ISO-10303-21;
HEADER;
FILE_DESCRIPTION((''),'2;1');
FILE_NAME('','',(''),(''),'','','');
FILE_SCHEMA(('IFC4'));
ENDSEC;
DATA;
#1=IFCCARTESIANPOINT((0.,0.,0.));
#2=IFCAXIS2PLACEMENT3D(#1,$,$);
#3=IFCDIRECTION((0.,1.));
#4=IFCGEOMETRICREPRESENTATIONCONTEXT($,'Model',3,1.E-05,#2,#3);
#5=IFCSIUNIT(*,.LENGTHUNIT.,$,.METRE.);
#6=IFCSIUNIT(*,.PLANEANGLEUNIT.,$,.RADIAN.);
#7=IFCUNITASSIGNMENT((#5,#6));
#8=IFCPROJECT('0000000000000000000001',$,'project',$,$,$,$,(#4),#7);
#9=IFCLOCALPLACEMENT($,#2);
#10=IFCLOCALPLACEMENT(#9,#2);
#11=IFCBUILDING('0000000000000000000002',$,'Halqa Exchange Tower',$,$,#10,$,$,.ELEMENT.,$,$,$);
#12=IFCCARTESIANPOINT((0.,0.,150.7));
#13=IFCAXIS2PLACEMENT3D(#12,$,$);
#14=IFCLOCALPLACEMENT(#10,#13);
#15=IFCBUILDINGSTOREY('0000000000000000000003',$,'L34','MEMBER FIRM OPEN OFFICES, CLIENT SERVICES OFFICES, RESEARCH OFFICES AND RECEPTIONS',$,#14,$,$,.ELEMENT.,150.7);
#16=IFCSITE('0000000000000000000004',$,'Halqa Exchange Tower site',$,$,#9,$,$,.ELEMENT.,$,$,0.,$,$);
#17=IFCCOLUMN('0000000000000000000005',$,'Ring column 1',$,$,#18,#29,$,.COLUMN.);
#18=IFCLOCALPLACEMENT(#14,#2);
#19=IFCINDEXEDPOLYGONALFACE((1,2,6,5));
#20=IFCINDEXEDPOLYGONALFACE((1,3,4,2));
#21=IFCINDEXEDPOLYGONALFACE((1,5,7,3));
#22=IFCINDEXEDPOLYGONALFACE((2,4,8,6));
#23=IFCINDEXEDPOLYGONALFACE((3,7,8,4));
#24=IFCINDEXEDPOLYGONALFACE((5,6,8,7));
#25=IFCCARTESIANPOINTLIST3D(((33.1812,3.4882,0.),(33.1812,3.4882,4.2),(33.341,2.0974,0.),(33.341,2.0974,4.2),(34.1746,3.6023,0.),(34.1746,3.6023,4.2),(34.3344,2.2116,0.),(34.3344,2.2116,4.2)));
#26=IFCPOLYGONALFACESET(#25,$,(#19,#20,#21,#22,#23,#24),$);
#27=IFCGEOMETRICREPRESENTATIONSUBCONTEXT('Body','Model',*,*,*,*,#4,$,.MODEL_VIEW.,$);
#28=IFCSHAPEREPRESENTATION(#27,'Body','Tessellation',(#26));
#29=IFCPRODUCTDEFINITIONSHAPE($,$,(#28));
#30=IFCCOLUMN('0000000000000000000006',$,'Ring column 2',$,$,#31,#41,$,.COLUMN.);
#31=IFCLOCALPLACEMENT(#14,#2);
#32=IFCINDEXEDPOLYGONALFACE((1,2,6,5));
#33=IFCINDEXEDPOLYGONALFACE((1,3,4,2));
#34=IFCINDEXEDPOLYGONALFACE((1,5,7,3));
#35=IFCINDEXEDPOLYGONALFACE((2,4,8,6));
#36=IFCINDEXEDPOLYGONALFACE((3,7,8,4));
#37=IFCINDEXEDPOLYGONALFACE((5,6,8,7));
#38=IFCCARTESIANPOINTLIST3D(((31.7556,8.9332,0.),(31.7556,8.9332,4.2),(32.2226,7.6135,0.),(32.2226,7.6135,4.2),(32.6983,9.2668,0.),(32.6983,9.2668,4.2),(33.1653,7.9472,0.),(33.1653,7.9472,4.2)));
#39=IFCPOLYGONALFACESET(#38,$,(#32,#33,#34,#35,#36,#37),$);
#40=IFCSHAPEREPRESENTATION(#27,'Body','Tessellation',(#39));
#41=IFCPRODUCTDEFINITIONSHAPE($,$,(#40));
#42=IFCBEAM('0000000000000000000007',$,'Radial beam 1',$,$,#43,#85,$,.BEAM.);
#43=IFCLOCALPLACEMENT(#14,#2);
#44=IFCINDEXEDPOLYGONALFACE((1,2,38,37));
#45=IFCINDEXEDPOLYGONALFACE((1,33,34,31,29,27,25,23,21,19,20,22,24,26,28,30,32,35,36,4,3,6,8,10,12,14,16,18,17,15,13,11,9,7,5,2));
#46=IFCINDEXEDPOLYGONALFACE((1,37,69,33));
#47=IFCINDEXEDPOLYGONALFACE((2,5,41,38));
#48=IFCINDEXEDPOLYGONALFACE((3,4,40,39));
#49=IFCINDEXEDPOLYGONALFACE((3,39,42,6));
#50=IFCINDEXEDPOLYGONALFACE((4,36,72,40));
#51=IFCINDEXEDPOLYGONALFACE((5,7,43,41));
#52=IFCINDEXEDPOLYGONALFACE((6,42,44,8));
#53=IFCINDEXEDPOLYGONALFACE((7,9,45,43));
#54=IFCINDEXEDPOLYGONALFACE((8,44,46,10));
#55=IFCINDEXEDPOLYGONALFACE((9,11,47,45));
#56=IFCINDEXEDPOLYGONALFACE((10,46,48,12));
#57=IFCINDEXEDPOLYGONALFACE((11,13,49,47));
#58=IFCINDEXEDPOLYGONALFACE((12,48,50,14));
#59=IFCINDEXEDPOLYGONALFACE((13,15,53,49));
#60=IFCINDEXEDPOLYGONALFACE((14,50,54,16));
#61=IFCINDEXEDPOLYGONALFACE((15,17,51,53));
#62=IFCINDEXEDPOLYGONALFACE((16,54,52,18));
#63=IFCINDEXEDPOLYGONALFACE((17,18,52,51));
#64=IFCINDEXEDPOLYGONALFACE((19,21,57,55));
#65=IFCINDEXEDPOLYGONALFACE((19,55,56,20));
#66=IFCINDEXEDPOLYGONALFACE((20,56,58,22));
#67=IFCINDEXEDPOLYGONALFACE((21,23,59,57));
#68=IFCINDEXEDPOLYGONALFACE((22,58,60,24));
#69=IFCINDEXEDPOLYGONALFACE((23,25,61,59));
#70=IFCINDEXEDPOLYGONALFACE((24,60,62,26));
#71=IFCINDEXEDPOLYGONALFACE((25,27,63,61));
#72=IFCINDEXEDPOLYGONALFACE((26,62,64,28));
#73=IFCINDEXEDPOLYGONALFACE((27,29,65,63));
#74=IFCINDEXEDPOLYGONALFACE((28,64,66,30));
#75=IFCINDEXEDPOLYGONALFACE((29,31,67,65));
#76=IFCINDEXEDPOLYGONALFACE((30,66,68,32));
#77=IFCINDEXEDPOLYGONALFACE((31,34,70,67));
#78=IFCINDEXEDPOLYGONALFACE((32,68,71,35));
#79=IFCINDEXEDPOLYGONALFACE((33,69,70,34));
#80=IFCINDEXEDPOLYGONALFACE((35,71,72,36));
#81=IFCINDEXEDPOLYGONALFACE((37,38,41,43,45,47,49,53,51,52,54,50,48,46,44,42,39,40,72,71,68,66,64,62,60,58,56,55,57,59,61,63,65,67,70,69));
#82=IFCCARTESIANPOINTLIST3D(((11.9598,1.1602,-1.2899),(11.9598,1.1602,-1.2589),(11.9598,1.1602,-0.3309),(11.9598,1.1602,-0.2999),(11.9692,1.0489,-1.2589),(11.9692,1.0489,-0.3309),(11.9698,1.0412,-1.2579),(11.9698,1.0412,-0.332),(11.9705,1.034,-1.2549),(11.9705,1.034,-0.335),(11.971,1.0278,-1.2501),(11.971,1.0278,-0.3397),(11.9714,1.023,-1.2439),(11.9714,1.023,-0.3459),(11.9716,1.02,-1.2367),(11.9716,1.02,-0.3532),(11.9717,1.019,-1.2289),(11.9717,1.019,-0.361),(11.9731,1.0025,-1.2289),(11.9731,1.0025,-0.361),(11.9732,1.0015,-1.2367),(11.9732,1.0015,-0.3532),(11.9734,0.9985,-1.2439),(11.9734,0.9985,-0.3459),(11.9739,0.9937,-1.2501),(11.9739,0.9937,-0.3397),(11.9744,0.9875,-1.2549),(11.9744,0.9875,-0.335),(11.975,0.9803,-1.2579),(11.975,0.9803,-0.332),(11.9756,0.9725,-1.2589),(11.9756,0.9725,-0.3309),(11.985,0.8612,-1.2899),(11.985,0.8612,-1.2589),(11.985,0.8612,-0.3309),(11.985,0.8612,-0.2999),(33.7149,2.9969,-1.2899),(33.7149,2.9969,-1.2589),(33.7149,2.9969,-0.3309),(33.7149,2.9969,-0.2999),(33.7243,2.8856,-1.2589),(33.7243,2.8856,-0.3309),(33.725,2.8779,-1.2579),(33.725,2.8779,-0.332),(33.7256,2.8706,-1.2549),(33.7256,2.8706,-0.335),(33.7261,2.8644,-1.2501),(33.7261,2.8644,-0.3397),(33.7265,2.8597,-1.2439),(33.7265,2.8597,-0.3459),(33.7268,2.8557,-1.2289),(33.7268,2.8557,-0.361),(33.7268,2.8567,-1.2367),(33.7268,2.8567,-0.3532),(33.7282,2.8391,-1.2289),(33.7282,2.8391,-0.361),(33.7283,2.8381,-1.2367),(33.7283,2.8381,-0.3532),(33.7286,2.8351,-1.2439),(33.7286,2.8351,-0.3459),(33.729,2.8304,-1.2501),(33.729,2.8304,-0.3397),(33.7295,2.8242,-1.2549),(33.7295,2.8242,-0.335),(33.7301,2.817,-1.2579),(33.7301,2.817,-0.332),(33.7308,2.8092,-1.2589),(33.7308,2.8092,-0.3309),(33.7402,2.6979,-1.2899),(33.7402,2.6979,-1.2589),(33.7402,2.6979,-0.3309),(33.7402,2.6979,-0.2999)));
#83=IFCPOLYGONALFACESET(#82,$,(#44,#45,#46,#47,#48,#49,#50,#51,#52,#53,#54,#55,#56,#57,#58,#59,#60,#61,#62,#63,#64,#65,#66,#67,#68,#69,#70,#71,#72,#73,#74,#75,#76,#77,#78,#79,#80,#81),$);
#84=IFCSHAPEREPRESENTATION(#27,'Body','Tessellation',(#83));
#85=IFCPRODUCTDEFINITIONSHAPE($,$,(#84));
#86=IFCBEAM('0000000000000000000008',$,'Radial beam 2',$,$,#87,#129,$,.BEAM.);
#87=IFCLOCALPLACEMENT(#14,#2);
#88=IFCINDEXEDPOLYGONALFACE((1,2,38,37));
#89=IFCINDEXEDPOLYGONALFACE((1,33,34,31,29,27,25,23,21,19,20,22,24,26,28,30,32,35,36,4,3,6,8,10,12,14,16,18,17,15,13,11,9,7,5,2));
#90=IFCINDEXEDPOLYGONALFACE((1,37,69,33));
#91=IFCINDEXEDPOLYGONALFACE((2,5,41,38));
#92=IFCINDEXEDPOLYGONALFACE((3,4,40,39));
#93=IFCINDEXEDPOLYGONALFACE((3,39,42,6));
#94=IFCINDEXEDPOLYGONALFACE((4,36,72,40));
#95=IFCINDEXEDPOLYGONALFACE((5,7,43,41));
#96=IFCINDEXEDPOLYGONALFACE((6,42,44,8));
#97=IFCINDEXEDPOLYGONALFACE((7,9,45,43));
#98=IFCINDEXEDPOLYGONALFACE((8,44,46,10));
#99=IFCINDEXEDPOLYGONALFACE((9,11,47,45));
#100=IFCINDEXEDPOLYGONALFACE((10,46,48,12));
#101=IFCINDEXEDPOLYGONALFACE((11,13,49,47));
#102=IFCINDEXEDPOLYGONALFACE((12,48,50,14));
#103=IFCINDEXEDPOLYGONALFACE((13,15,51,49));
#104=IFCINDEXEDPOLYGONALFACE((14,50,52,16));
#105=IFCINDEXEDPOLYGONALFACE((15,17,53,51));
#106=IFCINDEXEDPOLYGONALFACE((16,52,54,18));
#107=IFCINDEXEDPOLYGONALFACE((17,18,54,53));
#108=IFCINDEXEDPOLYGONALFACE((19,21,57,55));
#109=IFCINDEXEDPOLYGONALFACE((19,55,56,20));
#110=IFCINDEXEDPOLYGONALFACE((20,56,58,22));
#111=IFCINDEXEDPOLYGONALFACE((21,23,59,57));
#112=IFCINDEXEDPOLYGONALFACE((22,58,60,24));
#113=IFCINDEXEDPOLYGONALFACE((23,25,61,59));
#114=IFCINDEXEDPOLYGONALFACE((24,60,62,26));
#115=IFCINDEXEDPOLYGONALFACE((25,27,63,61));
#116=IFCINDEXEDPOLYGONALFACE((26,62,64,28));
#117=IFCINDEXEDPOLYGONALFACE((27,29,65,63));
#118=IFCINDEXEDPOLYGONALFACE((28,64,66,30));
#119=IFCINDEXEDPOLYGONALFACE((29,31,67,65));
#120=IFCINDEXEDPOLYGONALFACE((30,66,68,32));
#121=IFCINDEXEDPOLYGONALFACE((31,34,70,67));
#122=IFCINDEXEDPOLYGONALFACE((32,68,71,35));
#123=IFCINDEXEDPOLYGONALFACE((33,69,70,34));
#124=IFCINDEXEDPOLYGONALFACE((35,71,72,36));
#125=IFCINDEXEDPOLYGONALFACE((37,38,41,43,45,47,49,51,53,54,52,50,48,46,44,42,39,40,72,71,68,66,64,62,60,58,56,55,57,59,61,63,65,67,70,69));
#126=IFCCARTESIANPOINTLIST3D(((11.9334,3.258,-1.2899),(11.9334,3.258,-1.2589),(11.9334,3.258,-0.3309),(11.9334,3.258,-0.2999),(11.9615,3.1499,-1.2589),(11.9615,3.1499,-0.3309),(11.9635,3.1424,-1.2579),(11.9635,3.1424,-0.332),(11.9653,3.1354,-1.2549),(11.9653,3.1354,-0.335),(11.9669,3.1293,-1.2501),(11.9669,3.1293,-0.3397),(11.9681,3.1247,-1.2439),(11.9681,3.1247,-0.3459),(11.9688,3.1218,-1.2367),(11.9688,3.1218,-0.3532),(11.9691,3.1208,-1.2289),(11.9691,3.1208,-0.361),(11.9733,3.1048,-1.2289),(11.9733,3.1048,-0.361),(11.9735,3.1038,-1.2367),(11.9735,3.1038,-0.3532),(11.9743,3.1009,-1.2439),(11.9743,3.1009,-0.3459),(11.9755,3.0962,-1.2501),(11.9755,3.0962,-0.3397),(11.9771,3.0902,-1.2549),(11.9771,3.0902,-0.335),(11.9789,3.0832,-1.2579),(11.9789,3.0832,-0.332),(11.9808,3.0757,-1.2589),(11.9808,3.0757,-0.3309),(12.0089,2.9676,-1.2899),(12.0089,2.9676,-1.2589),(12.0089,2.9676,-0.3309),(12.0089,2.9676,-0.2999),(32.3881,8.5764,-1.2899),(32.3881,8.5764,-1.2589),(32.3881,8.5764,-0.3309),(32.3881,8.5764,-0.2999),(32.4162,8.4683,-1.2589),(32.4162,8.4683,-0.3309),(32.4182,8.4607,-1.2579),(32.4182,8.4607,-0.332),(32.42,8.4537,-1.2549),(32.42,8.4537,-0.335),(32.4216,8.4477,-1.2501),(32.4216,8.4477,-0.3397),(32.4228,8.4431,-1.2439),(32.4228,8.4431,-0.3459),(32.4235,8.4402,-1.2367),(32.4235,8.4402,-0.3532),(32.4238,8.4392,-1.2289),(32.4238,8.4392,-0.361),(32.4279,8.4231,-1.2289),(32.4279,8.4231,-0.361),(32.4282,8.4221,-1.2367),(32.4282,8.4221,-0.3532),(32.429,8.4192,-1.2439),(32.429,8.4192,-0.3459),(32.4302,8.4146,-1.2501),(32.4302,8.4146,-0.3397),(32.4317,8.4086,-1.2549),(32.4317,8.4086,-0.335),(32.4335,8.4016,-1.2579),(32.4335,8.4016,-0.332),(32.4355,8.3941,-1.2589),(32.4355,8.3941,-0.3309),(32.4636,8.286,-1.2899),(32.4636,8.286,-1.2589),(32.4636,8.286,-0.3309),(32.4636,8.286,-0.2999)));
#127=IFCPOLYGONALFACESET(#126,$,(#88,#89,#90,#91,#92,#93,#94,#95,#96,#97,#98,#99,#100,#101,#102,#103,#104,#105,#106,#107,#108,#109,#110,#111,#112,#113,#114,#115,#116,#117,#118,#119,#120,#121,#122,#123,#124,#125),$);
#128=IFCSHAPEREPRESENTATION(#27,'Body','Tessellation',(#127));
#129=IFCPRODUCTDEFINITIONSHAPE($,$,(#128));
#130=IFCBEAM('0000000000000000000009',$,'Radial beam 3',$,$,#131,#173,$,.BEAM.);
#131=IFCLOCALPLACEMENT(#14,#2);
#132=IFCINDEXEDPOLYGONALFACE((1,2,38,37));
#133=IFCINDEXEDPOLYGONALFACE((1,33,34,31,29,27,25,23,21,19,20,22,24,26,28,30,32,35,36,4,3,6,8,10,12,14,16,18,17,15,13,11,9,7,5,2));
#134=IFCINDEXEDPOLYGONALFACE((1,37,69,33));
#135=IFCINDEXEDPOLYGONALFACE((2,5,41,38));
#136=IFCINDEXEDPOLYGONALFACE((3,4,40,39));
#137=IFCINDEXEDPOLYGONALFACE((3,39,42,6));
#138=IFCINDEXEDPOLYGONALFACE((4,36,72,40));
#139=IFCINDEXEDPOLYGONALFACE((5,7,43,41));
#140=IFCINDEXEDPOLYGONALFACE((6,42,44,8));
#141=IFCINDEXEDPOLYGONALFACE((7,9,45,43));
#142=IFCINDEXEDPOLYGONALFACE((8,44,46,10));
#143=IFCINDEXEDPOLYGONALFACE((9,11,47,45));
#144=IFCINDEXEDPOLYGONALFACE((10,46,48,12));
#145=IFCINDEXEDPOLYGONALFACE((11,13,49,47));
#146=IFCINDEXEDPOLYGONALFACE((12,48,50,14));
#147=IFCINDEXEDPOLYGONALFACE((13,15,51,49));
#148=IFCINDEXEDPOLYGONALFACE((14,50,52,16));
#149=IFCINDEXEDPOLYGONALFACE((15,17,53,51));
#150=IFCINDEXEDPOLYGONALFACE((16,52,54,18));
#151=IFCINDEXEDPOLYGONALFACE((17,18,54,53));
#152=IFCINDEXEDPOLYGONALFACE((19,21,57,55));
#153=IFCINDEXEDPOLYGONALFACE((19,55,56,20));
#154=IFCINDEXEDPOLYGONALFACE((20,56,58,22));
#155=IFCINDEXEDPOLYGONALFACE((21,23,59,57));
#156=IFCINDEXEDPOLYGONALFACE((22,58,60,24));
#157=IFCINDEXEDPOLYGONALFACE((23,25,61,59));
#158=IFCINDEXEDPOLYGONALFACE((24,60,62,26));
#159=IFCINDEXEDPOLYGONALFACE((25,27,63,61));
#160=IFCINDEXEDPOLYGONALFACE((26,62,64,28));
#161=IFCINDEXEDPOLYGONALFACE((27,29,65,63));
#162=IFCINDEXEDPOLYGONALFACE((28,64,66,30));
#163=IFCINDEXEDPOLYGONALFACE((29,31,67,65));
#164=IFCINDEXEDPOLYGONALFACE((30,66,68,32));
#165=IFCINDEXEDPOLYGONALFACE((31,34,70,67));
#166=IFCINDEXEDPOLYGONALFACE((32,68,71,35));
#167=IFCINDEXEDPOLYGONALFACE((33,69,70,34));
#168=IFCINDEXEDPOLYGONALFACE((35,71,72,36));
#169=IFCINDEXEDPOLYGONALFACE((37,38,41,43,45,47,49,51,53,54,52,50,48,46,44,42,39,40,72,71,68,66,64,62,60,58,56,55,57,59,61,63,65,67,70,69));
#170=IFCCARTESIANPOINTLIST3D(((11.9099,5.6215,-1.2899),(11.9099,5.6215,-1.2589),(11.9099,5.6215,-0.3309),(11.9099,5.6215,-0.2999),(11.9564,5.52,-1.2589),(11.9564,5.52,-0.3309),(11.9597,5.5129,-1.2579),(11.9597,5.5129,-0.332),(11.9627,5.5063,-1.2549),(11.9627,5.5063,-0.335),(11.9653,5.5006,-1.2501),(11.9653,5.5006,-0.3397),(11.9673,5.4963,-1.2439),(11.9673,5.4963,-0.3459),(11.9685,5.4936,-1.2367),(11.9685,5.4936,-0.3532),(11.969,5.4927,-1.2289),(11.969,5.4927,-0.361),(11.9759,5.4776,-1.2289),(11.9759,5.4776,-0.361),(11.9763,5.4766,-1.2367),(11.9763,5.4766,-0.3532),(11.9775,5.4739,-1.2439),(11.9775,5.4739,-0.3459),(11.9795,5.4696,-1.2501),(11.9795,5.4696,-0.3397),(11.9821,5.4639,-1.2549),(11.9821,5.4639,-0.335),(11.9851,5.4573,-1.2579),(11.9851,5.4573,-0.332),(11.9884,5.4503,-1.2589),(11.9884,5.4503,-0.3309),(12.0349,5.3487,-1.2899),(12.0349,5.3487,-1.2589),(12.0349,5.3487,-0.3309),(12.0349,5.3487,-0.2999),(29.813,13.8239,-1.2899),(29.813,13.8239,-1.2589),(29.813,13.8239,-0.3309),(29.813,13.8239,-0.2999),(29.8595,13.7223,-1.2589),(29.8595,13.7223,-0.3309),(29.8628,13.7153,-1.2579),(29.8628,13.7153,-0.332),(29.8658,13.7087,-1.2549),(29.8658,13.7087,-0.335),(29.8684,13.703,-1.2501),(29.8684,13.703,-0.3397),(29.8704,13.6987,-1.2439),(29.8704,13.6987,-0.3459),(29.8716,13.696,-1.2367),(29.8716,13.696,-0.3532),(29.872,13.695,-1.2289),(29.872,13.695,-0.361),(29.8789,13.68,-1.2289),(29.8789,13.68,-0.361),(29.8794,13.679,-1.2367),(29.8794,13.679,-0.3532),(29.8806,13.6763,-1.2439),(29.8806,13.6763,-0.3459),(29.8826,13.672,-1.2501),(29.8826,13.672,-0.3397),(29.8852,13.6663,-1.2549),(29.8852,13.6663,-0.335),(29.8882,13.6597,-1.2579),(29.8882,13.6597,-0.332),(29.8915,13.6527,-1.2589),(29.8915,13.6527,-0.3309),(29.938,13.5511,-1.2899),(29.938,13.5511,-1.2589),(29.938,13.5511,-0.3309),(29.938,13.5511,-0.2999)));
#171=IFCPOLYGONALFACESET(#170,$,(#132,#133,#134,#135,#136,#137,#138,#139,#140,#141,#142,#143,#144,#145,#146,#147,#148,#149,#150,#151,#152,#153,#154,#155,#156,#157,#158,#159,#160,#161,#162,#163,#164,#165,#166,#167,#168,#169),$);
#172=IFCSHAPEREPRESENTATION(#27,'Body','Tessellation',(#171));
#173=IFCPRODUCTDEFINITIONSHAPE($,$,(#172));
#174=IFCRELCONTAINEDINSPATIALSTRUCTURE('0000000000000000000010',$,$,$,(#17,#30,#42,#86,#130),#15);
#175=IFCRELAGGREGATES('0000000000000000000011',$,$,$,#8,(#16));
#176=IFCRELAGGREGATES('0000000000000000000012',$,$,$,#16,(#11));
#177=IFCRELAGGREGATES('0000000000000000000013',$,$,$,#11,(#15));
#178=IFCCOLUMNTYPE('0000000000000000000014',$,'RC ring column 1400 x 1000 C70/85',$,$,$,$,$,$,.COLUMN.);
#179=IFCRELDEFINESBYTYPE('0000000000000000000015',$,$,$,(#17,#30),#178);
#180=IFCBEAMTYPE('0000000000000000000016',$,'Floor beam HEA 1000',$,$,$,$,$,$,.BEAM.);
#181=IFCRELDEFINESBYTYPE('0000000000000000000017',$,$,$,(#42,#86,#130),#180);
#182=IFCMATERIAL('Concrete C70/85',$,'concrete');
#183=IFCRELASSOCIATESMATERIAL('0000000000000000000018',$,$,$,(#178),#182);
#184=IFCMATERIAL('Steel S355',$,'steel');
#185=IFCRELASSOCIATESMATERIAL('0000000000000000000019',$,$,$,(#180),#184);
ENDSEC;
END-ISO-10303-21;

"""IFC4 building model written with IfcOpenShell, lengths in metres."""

from ifc_helpers import new_model, si_unit, direction, frame, origin, origin_2d, place, context, subcontext, project, spatial, rectangle, i_section, extrude, material, material_profile, profile_set, type_object, element, save


model = new_model("IFC4")

# Units and contexts
model_context = context("Model", 3, precision=1e-05, world=origin(), true_north=direction((0.0, 1.0)))
body_context = subcontext(model_context, "Body", "Model", "MODEL_VIEW")
ifc_project = project(units=[si_unit("LENGTHUNIT", "METRE"), si_unit("PLANEANGLEUNIT", "RADIAN")], contexts=[model_context])

# Site, building, storey
site_placement = place(None, origin())
site = spatial("IfcSite", under=ifc_project, at=site_placement, Name="Halqa Exchange Tower site", CompositionType="ELEMENT", RefElevation=0.0)
building_placement = place(site_placement, origin())
building = spatial("IfcBuilding", under=site, at=building_placement, Name="Halqa Exchange Tower", CompositionType="ELEMENT")
storey_placement = place(building_placement, frame((0.0, 0.0, 150.7)))
storey = spatial("IfcBuildingStorey", under=building, at=storey_placement, Name="L34", Description="MEMBER FIRM OPEN OFFICES, CLIENT SERVICES OFFICES, RESEARCH OFFICES AND RECEPTIONS", CompositionType="ELEMENT", Elevation=150.7)

# Columns
ifc_material_1 = material(Name="Concrete C70/85", Category="concrete")
ifc_material_profile_1 = material_profile(ifc_material_1, rectangle(XDim=1.3999, YDim=1.0, at=origin_2d()), Name="1400 x 1000")
ifc_profile_set_1 = profile_set([ifc_material_profile_1], Name="Concrete C70/85")
column_type = type_object("IfcColumnType", Name="RC ring column 1400 x 1000 C70/85", PredefinedType="COLUMN", material=ifc_profile_set_1)
for number, where, z_axis, x_axis, name in (
    (1, (33.7578, 2.8499, 0.0), (0.0, 0.0, 1.0), (-0.114155, 0.993463, 0.0), "Ring column 1"),
    (2, (32.4604, 8.4402, 0.0), (0.0, 0.0, 1.0), (-0.333634, 0.942703, 0.0), "Ring column 2"),
):
    element("IfcColumn", number, at=place(storey_placement, frame(where, z_axis=z_axis, x_axis=x_axis)), inside=storey, type_object=column_type, Name=name, PredefinedType="COLUMN", context=body_context, shape_type="SweptSolid", body=[
        extrude(rectangle(XDim=1.3999, YDim=1.0, at=origin_2d()), origin(), (0.0, 0.0, 1.0), 4.2),
    ])

# Beams
ifc_material_2 = material(Name="Steel S355", Category="steel")
ifc_material_profile_2 = material_profile(ifc_material_2, i_section(OverallWidth=0.3, OverallDepth=0.99, WebThickness=0.0166, FlangeThickness=0.031, FilletRadius=0.03, at=origin_2d()), Name="HEA 1000")
ifc_profile_set_2 = profile_set([ifc_material_profile_2], Name="Steel S355")
beam_type_1 = type_object("IfcBeamType", Name="Floor beam HEA 1000", PredefinedType="BEAM", material=ifc_profile_set_2)
beam_1_placement = place(storey_placement, frame((11.9724, 1.0107, -0.7949), z_axis=(0.996455, 0.084125, 0.0), x_axis=(-0.084125, 0.996455, 0.0)))
element("IfcBeam", 3, at=beam_1_placement, inside=storey, type_object=beam_type_1, Name="Radial beam 1", PredefinedType="BEAM", context=body_context, shape_type="SweptSolid", body=[
    extrude(i_section(OverallWidth=0.3, OverallDepth=0.99, WebThickness=0.0166, FlangeThickness=0.031, FilletRadius=0.03, at=origin_2d()), origin(), (0.0, 0.0, 1.0), 21.8325),
])
beam_2_placement = place(storey_placement, frame((11.9712, 3.1128, -0.7949), z_axis=(0.967821, 0.251641, 0.0), x_axis=(-0.251641, 0.967821, 0.0)))
element("IfcBeam", 4, at=beam_2_placement, inside=storey, type_object=beam_type_1, Name="Radial beam 2", PredefinedType="BEAM", context=body_context, shape_type="SweptSolid", body=[
    extrude(i_section(OverallWidth=0.3, OverallDepth=0.99, WebThickness=0.0166, FlangeThickness=0.031, FilletRadius=0.03, at=origin_2d()), origin(), (0.0, 0.0, 1.0), 21.1348),
])
beam_3_placement = place(storey_placement, frame((11.9724, 5.4851, -0.7949), z_axis=(0.909126, 0.416521, 0.0), x_axis=(-0.416521, 0.909126, 0.0)))
element("IfcBeam", 5, at=beam_3_placement, inside=storey, type_object=beam_type_1, Name="Radial beam 3", PredefinedType="BEAM", context=body_context, shape_type="SweptSolid", body=[
    extrude(i_section(OverallWidth=0.3, OverallDepth=0.99, WebThickness=0.0166, FlangeThickness=0.031, FilletRadius=0.03, at=origin_2d()), origin(), (0.0, 0.0, 1.0), 19.6926),
])

save(model, "model.ifc")
